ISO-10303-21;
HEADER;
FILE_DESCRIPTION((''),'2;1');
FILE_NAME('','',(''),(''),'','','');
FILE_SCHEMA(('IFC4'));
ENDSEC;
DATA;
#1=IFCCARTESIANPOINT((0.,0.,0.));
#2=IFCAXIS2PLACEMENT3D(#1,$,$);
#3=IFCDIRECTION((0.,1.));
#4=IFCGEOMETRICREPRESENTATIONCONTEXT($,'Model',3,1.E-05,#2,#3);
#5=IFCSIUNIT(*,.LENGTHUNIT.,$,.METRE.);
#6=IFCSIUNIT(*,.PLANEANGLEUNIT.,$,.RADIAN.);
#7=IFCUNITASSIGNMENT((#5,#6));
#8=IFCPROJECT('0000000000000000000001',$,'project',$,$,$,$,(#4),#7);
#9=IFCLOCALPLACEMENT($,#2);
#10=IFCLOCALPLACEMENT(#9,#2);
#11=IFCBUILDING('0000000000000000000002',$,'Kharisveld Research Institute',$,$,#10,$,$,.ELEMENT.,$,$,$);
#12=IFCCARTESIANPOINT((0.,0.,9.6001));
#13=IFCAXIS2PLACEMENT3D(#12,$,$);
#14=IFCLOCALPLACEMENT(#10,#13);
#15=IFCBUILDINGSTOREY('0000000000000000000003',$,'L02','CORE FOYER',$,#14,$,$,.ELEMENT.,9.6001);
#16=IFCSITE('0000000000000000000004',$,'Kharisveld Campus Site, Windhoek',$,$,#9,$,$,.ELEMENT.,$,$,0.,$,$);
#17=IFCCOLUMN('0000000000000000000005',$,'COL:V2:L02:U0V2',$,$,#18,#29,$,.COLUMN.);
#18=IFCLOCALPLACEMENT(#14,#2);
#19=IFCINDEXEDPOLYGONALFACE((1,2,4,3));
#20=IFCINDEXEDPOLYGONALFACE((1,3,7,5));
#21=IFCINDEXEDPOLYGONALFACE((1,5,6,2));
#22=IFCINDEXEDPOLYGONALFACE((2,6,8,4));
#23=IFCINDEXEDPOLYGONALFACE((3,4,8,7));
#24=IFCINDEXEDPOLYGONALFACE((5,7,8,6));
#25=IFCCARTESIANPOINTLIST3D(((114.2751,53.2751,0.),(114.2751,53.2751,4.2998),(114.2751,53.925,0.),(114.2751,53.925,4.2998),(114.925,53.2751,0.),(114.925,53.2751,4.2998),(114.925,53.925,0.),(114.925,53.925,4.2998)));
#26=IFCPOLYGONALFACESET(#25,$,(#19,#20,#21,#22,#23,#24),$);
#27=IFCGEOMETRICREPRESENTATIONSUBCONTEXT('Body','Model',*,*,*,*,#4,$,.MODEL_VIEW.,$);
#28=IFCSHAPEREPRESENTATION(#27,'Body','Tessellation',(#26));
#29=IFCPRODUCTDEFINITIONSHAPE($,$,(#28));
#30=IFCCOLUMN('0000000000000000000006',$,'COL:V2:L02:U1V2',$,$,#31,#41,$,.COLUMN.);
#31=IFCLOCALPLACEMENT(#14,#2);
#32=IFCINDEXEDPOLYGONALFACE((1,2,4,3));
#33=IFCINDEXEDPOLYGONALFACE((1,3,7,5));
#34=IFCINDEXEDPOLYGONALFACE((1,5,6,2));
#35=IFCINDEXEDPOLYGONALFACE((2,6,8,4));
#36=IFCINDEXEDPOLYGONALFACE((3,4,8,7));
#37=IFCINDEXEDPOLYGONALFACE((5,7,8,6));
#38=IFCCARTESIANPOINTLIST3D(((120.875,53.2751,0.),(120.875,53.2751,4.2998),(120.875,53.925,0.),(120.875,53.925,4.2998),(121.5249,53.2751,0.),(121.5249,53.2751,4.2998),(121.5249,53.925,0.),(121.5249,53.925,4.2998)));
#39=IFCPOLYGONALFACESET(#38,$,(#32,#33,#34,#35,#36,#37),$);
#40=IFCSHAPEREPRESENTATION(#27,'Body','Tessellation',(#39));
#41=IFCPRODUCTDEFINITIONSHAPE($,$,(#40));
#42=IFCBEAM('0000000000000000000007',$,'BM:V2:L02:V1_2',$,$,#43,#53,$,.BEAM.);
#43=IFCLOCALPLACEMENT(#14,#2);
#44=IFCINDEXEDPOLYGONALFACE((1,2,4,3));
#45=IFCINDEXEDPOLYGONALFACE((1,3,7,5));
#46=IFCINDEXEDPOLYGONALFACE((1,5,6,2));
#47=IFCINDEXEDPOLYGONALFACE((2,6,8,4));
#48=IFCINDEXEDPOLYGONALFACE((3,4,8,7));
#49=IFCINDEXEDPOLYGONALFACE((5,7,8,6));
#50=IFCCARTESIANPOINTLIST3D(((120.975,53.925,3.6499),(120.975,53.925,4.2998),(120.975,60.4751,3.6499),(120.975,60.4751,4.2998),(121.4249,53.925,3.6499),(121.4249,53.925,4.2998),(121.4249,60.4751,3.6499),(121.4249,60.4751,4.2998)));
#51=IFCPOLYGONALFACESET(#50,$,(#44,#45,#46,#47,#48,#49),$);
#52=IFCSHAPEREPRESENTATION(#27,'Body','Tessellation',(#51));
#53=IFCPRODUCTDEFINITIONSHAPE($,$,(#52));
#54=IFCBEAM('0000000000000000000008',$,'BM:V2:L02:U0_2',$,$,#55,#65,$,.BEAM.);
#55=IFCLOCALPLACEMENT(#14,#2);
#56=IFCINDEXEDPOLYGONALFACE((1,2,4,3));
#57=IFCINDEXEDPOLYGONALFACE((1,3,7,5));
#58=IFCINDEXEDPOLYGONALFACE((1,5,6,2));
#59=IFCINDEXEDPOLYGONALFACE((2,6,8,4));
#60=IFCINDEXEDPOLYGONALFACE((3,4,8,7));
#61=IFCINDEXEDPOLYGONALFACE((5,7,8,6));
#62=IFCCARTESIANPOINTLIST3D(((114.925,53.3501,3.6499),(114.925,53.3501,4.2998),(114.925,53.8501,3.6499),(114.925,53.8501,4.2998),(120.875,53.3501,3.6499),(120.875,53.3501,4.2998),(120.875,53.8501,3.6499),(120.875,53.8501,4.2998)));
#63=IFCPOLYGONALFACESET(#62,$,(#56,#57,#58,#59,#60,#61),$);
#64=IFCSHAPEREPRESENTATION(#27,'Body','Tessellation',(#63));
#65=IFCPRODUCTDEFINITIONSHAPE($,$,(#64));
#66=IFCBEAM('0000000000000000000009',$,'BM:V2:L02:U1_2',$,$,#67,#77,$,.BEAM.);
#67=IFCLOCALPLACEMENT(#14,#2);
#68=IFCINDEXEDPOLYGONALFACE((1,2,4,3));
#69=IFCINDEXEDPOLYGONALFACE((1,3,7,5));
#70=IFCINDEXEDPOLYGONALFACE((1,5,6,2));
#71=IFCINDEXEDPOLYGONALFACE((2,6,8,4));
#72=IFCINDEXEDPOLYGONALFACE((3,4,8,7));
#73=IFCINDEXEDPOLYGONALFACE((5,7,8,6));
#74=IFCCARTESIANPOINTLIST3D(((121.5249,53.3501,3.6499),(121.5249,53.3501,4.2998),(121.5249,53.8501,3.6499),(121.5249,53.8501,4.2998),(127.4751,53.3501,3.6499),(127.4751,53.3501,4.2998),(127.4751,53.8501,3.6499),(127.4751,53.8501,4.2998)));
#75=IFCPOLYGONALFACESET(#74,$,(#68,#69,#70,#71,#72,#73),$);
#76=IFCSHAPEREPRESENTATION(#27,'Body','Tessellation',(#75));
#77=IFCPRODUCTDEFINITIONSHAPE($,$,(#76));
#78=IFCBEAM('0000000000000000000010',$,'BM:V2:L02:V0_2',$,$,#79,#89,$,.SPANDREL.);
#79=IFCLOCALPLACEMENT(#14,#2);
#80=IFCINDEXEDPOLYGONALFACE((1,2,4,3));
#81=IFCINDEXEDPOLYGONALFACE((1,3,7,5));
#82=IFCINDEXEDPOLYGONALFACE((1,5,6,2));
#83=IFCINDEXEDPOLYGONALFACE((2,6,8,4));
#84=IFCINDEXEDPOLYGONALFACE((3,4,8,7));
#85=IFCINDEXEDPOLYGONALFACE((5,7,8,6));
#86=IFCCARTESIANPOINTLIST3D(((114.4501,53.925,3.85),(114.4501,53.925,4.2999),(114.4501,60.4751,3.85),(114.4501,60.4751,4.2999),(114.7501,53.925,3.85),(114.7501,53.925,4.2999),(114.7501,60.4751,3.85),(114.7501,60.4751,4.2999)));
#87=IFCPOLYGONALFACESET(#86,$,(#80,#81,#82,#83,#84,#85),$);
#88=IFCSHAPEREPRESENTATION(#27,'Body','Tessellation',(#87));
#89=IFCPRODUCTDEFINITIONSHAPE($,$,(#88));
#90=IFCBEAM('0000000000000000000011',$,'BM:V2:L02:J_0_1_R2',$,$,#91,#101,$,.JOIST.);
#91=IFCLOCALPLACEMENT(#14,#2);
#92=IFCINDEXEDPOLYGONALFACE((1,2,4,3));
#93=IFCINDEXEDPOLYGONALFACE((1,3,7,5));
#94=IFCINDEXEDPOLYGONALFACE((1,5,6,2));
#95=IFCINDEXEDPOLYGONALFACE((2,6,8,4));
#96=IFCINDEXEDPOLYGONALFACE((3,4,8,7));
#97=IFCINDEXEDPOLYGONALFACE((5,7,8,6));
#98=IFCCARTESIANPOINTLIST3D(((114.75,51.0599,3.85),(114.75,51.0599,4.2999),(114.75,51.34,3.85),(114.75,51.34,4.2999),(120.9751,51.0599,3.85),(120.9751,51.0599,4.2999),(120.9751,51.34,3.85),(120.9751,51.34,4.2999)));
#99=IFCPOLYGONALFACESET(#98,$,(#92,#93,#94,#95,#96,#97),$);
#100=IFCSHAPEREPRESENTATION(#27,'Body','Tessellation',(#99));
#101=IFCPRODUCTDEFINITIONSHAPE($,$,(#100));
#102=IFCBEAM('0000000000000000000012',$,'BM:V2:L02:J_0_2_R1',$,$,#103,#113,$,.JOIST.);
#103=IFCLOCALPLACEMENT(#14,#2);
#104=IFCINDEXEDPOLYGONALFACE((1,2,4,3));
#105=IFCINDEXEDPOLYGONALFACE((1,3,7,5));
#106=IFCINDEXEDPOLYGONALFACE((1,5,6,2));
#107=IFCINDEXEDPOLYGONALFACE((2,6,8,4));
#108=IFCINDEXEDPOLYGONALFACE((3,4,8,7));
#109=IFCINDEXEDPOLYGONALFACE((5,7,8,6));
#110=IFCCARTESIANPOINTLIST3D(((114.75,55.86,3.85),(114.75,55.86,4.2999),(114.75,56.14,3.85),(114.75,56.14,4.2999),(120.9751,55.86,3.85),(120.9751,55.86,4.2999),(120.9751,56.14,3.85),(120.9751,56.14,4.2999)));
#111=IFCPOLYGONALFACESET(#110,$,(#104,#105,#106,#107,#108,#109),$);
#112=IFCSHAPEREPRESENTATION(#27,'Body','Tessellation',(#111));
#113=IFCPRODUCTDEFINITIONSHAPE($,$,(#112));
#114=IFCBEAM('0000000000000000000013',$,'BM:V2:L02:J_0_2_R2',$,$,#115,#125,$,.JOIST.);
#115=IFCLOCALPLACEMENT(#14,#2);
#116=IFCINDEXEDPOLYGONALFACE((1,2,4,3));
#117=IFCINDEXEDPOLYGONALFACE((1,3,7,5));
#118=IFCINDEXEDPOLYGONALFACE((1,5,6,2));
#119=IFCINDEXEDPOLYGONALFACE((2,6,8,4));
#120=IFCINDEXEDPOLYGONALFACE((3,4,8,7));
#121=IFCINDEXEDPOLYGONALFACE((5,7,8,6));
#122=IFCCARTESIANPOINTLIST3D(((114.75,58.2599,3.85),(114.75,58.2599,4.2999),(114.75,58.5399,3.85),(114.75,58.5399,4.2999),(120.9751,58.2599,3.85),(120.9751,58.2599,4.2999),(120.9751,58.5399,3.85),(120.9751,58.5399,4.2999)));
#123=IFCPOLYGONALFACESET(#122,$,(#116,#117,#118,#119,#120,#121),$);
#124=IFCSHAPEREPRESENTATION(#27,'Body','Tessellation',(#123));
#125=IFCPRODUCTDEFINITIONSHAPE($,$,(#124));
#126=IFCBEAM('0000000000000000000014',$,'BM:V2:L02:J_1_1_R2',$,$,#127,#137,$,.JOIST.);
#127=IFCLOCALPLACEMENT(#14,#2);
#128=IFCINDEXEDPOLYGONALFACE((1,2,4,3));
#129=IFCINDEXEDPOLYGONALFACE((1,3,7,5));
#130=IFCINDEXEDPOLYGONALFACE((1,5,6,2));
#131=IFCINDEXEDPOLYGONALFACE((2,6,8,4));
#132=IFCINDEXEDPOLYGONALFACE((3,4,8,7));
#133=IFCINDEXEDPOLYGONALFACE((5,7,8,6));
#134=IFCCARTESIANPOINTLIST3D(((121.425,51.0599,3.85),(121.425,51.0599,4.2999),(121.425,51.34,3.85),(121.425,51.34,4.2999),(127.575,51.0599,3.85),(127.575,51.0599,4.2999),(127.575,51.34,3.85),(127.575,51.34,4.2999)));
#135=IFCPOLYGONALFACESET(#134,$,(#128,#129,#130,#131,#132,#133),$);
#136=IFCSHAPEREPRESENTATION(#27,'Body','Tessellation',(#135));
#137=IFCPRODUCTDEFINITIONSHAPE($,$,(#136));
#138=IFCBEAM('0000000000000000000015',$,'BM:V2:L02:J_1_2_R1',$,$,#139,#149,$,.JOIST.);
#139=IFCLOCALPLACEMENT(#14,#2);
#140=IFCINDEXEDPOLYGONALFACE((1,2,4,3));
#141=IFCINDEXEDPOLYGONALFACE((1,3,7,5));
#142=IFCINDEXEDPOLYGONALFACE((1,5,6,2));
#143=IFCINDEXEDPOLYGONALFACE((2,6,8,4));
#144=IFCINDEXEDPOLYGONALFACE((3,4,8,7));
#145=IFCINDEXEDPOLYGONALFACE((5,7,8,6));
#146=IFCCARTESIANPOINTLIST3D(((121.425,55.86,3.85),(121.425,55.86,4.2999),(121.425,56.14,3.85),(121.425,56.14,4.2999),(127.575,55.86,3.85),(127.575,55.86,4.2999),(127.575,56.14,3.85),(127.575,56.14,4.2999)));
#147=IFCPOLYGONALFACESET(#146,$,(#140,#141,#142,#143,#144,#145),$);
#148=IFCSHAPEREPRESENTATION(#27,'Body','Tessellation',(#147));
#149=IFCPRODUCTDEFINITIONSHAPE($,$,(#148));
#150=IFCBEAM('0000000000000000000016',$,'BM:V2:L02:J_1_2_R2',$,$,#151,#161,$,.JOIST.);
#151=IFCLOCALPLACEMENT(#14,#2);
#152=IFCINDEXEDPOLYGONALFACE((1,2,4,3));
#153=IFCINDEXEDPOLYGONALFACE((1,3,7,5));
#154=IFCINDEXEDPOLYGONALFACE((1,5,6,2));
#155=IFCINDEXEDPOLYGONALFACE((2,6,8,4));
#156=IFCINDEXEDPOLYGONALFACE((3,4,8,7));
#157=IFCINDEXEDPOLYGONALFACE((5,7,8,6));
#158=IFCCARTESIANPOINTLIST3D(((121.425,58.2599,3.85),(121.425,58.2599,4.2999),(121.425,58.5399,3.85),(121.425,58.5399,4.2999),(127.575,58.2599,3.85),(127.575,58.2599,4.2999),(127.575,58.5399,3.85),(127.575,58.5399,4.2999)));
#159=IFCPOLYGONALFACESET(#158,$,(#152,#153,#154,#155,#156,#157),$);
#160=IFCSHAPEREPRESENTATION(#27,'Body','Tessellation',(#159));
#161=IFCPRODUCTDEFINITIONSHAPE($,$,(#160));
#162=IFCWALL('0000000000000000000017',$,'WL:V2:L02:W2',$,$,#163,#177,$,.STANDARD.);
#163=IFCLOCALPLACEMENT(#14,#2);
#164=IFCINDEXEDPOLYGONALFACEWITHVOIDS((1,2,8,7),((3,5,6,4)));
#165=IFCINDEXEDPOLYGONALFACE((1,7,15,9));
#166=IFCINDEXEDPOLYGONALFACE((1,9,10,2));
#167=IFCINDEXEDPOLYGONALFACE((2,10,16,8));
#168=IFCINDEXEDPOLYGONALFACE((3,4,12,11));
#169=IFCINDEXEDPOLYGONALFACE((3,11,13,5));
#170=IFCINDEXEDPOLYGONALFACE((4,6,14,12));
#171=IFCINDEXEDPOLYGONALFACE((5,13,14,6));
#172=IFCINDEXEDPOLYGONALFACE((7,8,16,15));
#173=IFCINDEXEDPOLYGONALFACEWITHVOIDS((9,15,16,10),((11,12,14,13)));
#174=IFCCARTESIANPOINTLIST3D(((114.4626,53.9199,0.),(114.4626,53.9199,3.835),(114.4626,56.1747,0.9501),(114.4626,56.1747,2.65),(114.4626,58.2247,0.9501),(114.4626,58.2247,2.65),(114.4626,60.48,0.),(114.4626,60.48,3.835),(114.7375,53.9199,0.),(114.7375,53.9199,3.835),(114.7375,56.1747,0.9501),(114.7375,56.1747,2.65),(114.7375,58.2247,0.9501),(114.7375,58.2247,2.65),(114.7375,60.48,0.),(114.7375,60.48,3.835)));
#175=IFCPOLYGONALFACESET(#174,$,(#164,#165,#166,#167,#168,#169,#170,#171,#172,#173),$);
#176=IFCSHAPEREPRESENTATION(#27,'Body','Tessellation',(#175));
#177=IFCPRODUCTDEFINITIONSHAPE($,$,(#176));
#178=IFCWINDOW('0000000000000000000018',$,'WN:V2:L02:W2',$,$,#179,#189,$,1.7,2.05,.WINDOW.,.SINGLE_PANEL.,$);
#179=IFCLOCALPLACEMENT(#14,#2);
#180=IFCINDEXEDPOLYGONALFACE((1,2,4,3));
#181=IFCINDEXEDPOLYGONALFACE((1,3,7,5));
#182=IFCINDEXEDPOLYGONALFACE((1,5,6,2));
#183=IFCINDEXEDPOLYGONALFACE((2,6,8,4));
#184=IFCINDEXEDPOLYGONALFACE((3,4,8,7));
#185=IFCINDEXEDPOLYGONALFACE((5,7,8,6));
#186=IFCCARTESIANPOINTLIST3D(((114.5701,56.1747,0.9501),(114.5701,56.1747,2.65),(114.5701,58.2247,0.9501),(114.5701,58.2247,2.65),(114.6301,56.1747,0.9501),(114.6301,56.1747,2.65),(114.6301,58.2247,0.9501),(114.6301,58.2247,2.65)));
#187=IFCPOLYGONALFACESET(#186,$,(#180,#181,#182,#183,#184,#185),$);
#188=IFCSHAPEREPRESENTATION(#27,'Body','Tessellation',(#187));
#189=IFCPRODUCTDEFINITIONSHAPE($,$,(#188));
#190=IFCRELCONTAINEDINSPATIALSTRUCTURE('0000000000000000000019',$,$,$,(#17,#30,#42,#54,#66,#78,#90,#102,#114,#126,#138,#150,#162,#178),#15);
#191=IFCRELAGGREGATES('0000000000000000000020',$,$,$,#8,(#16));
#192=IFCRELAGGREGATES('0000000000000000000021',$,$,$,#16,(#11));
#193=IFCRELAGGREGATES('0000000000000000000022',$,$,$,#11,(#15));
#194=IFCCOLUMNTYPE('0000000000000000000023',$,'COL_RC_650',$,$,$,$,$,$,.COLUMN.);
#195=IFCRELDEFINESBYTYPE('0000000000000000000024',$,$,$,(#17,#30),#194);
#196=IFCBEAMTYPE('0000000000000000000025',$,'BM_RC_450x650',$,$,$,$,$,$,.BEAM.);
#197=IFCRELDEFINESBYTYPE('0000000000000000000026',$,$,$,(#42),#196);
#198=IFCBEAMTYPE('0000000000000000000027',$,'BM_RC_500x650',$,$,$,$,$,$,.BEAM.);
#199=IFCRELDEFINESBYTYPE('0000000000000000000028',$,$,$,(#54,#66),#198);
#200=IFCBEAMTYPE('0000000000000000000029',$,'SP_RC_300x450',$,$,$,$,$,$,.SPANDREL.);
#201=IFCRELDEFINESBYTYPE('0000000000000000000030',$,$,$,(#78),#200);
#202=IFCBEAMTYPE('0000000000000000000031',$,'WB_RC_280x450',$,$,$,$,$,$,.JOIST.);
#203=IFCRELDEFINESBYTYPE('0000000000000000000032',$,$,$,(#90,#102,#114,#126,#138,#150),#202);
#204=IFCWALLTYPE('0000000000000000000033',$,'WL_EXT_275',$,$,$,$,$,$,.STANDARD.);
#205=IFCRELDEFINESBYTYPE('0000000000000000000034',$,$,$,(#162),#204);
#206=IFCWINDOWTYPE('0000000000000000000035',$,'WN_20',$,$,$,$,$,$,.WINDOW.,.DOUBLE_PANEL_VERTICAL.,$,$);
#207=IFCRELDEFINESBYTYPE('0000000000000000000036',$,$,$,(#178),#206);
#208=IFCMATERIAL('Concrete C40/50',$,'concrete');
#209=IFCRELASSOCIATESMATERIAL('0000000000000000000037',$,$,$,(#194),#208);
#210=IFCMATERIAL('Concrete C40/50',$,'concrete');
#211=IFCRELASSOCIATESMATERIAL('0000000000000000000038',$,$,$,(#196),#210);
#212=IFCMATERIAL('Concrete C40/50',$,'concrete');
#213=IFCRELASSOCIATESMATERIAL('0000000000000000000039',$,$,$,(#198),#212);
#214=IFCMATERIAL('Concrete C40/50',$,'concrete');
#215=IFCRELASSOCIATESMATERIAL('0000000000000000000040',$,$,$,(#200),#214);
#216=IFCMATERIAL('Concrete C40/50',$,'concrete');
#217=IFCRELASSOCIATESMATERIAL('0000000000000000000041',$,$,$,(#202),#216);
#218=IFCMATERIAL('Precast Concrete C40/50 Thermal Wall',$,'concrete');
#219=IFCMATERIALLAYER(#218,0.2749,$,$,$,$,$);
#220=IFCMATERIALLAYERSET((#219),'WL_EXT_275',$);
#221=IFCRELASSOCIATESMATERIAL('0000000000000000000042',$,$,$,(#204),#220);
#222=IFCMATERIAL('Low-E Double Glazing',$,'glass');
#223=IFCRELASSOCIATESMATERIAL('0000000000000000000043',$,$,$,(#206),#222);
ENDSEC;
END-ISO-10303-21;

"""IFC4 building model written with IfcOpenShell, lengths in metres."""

from ifc_helpers import new_model, si_unit, direction, frame, frame_2d, origin, origin_2d, place, context, subcontext, project, spatial, rectangle, extrude, material, layer, layer_set, material_profile, profile_set, type_object, element, fill, save


model = new_model("IFC4")

# Units and contexts
model_context = context("Model", 3, precision=1e-05, world=origin(), true_north=direction((0.0, 1.0)))
body_context = subcontext(model_context, "Body", "Model", "MODEL_VIEW")
ifc_project = project(units=[si_unit("LENGTHUNIT", "METRE"), si_unit("PLANEANGLEUNIT", "RADIAN")], contexts=[model_context])

# Site, building, storey
site_placement = place(None, origin())
site = spatial("IfcSite", under=ifc_project, at=site_placement, Name="Kharisveld Campus Site, Windhoek", CompositionType="ELEMENT", RefElevation=0.0)
building_placement = place(site_placement, origin())
building = spatial("IfcBuilding", under=site, at=building_placement, Name="Kharisveld Research Institute", CompositionType="ELEMENT")
storey_placement = place(building_placement, frame((0.0, 0.0, 9.6001)))
storey = spatial("IfcBuildingStorey", under=building, at=storey_placement, Name="L02", Description="CORE FOYER", CompositionType="ELEMENT", Elevation=9.6001)

# Columns
ifc_material_1 = material(Name="Concrete C40/50", Category="concrete")
ifc_material_profile_1 = material_profile(ifc_material_1, rectangle(XDim=0.6499, YDim=0.6499, at=origin_2d()))
ifc_profile_set_1 = profile_set([ifc_material_profile_1], Name="Concrete C40/50")
column_type = type_object("IfcColumnType", Name="COL_RC_650", PredefinedType="COLUMN", material=ifc_profile_set_1)
for number, where, z_axis, x_axis, name in (
    (1, (114.6001, 53.6001, 0.0), (0.0, 0.0, 1.0), (1.0, 0.0, 0.0), "COL:V2:L02:U0V2"),
    (2, (121.2, 53.6001, 0.0), (0.0, 0.0, 1.0), (1.0, 0.0, 0.0), "COL:V2:L02:U1V2"),
):
    element("IfcColumn", number, at=place(storey_placement, frame(where, z_axis=z_axis, x_axis=x_axis)), inside=storey, type_object=column_type, Name=name, PredefinedType="COLUMN", context=body_context, shape_type="SweptSolid", body=[
        extrude(rectangle(XDim=0.6499, YDim=0.6499, at=origin_2d()), origin(), (0.0, 0.0, 1.0), 4.2998),
    ])

# Beams
ifc_material_2 = material(Name="Concrete C40/50", Category="concrete")
ifc_material_profile_2 = material_profile(ifc_material_2, rectangle(XDim=0.45, YDim=0.6499, at=origin_2d()))
ifc_profile_set_2 = profile_set([ifc_material_profile_2], Name="Concrete C40/50")
beam_type_1 = type_object("IfcBeamType", Name="BM_RC_450x650", PredefinedType="BEAM", material=ifc_profile_set_2)
beam_1_placement = place(storey_placement, frame((121.2, 53.925, 3.9749), z_axis=(0.0, 1.0, 0.0), x_axis=(-1.0, 0.0, 0.0)))
element("IfcBeam", 3, at=beam_1_placement, inside=storey, type_object=beam_type_1, Name="BM:V2:L02:V1_2", PredefinedType="BEAM", context=body_context, shape_type="SweptSolid", body=[
    extrude(rectangle(XDim=0.45, YDim=0.6499, at=origin_2d()), origin(), (0.0, 0.0, 1.0), 6.55),
])
ifc_material_3 = material(Name="Concrete C40/50", Category="concrete")
ifc_material_profile_3 = material_profile(ifc_material_3, rectangle(XDim=0.5, YDim=0.6499, at=origin_2d()))
ifc_profile_set_3 = profile_set([ifc_material_profile_3], Name="Concrete C40/50")
beam_type_2 = type_object("IfcBeamType", Name="BM_RC_500x650", PredefinedType="BEAM", material=ifc_profile_set_3)
beam_2_placement = place(storey_placement, frame((114.925, 53.6001, 3.9749), z_axis=(1.0, 0.0, 0.0), x_axis=(0.0, 1.0, 0.0)))
element("IfcBeam", 4, at=beam_2_placement, inside=storey, type_object=beam_type_2, Name="BM:V2:L02:U0_2", PredefinedType="BEAM", context=body_context, shape_type="SweptSolid", body=[
    extrude(rectangle(XDim=0.5, YDim=0.6499, at=origin_2d()), origin(), (0.0, 0.0, 1.0), 5.95),
])
beam_3_placement = place(storey_placement, frame((121.5249, 53.6001, 3.9749), z_axis=(1.0, 0.0, 0.0), x_axis=(0.0, 1.0, 0.0)))
element("IfcBeam", 5, at=beam_3_placement, inside=storey, type_object=beam_type_2, Name="BM:V2:L02:U1_2", PredefinedType="BEAM", context=body_context, shape_type="SweptSolid", body=[
    extrude(rectangle(XDim=0.5, YDim=0.6499, at=origin_2d()), origin(), (0.0, 0.0, 1.0), 5.9502),
])
ifc_material_4 = material(Name="Concrete C40/50", Category="concrete")
ifc_material_profile_4 = material_profile(ifc_material_4, rectangle(XDim=0.3, YDim=0.45, at=origin_2d()))
ifc_profile_set_4 = profile_set([ifc_material_profile_4], Name="Concrete C40/50")
beam_type_3 = type_object("IfcBeamType", Name="SP_RC_300x450", PredefinedType="SPANDREL", material=ifc_profile_set_4)
beam_4_placement = place(storey_placement, frame((114.6001, 53.925, 4.075), z_axis=(0.0, 1.0, 0.0), x_axis=(-1.0, 0.0, 0.0)))
element("IfcBeam", 6, at=beam_4_placement, inside=storey, type_object=beam_type_3, Name="BM:V2:L02:V0_2", PredefinedType="SPANDREL", context=body_context, shape_type="SweptSolid", body=[
    extrude(rectangle(XDim=0.3, YDim=0.45, at=origin_2d()), origin(), (0.0, 0.0, 1.0), 6.55),
])
ifc_material_5 = material(Name="Concrete C40/50", Category="concrete")
ifc_material_profile_5 = material_profile(ifc_material_5, rectangle(XDim=0.28, YDim=0.45, at=origin_2d()))
ifc_profile_set_5 = profile_set([ifc_material_profile_5], Name="Concrete C40/50")
beam_type_4 = type_object("IfcBeamType", Name="WB_RC_280x450", PredefinedType="JOIST", material=ifc_profile_set_5)
for number, where, z_axis, x_axis, name in (
    (7, (114.75, 51.2, 4.075), (1.0, 0.0, 0.0), (0.0, 1.0, 0.0), "BM:V2:L02:J_0_1_R2"),
    (8, (114.75, 56.0, 4.075), (1.0, 0.0, 0.0), (0.0, 1.0, 0.0), "BM:V2:L02:J_0_2_R1"),
    (9, (114.75, 58.3999, 4.075), (1.0, 0.0, 0.0), (0.0, 1.0, 0.0), "BM:V2:L02:J_0_2_R2"),
):
    element("IfcBeam", number, at=place(storey_placement, frame(where, z_axis=z_axis, x_axis=x_axis)), inside=storey, type_object=beam_type_4, Name=name, PredefinedType="JOIST", context=body_context, shape_type="SweptSolid", body=[
        extrude(rectangle(XDim=0.28, YDim=0.45, at=origin_2d()), origin(), (0.0, 0.0, 1.0), 6.2251),
    ])
for number, where, z_axis, x_axis, name in (
    (10, (121.425, 51.2, 4.075), (1.0, 0.0, 0.0), (0.0, 1.0, 0.0), "BM:V2:L02:J_1_1_R2"),
    (11, (121.425, 56.0, 4.075), (1.0, 0.0, 0.0), (0.0, 1.0, 0.0), "BM:V2:L02:J_1_2_R1"),
    (12, (121.425, 58.3999, 4.075), (1.0, 0.0, 0.0), (0.0, 1.0, 0.0), "BM:V2:L02:J_1_2_R2"),
):
    element("IfcBeam", number, at=place(storey_placement, frame(where, z_axis=z_axis, x_axis=x_axis)), inside=storey, type_object=beam_type_4, Name=name, PredefinedType="JOIST", context=body_context, shape_type="SweptSolid", body=[
        extrude(rectangle(XDim=0.28, YDim=0.45, at=origin_2d()), origin(), (0.0, 0.0, 1.0), 6.1499),
    ])

# Wall, opening, window
ifc_material_6 = material(Name="Precast Concrete C40/50 Thermal Wall", Category="concrete")
ifc_layer = layer(ifc_material_6, 0.2749)
ifc_layer_set = layer_set([ifc_layer], Name="WL_EXT_275")
wall_type = type_object("IfcWallType", Name="WL_EXT_275", PredefinedType="STANDARD", material=ifc_layer_set)
wall_placement = place(storey_placement, frame((114.6001, 53.9199, 0.0), z_axis=(0.0, 0.0, 1.0), x_axis=(0.0, 1.0, 0.0)))
wall = element("IfcWall", 13, at=wall_placement, inside=storey, type_object=wall_type, Name="WL:V2:L02:W2", PredefinedType="STANDARD", context=body_context, shape_type="SweptSolid", body=[
    extrude(rectangle(XDim=6.5601, YDim=0.2749, at=frame_2d((3.28, 0.0))), origin(), (0.0, 0.0, 1.0), 3.835),
])
opening_placement = place(wall_placement, frame((2.2549, 0.0, 0.95)))
opening = element("IfcOpeningElement", 14, at=opening_placement, cuts=wall, PredefinedType="OPENING", context=body_context, shape_type="SweptSolid", body=[
    extrude(rectangle(XDim=2.05, YDim=1.7, at=frame_2d((1.0249, 0.8501))), frame((0.0, 0.1375, 0.0), z_axis=(0.0, -1.0, 0.0), x_axis=(1.0, 0.0, 0.0)), (0.0, 0.0, 1.0), 0.2749),
])
ifc_material_7 = material(Name="Low-E Double Glazing", Category="glass")
window_type = type_object("IfcWindowType", Name="WN_20", PartitioningType="DOUBLE_PANEL_VERTICAL", PredefinedType="WINDOW", material=ifc_material_7)
window_placement = place(opening_placement, origin())
window = element("IfcWindow", 15, at=window_placement, inside=storey, type_object=window_type, Name="WN:V2:L02:W2", OverallHeight=1.7, OverallWidth=2.05, PartitioningType="SINGLE_PANEL", PredefinedType="WINDOW", context=body_context, shape_type="SweptSolid", body=[
    extrude(rectangle(XDim=2.05, YDim=1.7, at=frame_2d((1.0249, 0.8501))), frame((0.0, 0.03, 0.0), z_axis=(0.0, -1.0, 0.0), x_axis=(1.0, 0.0, 0.0)), (0.0, 0.0, 1.0), 0.0601),
])
fill(opening, window)

save(model, "model.ifc")
